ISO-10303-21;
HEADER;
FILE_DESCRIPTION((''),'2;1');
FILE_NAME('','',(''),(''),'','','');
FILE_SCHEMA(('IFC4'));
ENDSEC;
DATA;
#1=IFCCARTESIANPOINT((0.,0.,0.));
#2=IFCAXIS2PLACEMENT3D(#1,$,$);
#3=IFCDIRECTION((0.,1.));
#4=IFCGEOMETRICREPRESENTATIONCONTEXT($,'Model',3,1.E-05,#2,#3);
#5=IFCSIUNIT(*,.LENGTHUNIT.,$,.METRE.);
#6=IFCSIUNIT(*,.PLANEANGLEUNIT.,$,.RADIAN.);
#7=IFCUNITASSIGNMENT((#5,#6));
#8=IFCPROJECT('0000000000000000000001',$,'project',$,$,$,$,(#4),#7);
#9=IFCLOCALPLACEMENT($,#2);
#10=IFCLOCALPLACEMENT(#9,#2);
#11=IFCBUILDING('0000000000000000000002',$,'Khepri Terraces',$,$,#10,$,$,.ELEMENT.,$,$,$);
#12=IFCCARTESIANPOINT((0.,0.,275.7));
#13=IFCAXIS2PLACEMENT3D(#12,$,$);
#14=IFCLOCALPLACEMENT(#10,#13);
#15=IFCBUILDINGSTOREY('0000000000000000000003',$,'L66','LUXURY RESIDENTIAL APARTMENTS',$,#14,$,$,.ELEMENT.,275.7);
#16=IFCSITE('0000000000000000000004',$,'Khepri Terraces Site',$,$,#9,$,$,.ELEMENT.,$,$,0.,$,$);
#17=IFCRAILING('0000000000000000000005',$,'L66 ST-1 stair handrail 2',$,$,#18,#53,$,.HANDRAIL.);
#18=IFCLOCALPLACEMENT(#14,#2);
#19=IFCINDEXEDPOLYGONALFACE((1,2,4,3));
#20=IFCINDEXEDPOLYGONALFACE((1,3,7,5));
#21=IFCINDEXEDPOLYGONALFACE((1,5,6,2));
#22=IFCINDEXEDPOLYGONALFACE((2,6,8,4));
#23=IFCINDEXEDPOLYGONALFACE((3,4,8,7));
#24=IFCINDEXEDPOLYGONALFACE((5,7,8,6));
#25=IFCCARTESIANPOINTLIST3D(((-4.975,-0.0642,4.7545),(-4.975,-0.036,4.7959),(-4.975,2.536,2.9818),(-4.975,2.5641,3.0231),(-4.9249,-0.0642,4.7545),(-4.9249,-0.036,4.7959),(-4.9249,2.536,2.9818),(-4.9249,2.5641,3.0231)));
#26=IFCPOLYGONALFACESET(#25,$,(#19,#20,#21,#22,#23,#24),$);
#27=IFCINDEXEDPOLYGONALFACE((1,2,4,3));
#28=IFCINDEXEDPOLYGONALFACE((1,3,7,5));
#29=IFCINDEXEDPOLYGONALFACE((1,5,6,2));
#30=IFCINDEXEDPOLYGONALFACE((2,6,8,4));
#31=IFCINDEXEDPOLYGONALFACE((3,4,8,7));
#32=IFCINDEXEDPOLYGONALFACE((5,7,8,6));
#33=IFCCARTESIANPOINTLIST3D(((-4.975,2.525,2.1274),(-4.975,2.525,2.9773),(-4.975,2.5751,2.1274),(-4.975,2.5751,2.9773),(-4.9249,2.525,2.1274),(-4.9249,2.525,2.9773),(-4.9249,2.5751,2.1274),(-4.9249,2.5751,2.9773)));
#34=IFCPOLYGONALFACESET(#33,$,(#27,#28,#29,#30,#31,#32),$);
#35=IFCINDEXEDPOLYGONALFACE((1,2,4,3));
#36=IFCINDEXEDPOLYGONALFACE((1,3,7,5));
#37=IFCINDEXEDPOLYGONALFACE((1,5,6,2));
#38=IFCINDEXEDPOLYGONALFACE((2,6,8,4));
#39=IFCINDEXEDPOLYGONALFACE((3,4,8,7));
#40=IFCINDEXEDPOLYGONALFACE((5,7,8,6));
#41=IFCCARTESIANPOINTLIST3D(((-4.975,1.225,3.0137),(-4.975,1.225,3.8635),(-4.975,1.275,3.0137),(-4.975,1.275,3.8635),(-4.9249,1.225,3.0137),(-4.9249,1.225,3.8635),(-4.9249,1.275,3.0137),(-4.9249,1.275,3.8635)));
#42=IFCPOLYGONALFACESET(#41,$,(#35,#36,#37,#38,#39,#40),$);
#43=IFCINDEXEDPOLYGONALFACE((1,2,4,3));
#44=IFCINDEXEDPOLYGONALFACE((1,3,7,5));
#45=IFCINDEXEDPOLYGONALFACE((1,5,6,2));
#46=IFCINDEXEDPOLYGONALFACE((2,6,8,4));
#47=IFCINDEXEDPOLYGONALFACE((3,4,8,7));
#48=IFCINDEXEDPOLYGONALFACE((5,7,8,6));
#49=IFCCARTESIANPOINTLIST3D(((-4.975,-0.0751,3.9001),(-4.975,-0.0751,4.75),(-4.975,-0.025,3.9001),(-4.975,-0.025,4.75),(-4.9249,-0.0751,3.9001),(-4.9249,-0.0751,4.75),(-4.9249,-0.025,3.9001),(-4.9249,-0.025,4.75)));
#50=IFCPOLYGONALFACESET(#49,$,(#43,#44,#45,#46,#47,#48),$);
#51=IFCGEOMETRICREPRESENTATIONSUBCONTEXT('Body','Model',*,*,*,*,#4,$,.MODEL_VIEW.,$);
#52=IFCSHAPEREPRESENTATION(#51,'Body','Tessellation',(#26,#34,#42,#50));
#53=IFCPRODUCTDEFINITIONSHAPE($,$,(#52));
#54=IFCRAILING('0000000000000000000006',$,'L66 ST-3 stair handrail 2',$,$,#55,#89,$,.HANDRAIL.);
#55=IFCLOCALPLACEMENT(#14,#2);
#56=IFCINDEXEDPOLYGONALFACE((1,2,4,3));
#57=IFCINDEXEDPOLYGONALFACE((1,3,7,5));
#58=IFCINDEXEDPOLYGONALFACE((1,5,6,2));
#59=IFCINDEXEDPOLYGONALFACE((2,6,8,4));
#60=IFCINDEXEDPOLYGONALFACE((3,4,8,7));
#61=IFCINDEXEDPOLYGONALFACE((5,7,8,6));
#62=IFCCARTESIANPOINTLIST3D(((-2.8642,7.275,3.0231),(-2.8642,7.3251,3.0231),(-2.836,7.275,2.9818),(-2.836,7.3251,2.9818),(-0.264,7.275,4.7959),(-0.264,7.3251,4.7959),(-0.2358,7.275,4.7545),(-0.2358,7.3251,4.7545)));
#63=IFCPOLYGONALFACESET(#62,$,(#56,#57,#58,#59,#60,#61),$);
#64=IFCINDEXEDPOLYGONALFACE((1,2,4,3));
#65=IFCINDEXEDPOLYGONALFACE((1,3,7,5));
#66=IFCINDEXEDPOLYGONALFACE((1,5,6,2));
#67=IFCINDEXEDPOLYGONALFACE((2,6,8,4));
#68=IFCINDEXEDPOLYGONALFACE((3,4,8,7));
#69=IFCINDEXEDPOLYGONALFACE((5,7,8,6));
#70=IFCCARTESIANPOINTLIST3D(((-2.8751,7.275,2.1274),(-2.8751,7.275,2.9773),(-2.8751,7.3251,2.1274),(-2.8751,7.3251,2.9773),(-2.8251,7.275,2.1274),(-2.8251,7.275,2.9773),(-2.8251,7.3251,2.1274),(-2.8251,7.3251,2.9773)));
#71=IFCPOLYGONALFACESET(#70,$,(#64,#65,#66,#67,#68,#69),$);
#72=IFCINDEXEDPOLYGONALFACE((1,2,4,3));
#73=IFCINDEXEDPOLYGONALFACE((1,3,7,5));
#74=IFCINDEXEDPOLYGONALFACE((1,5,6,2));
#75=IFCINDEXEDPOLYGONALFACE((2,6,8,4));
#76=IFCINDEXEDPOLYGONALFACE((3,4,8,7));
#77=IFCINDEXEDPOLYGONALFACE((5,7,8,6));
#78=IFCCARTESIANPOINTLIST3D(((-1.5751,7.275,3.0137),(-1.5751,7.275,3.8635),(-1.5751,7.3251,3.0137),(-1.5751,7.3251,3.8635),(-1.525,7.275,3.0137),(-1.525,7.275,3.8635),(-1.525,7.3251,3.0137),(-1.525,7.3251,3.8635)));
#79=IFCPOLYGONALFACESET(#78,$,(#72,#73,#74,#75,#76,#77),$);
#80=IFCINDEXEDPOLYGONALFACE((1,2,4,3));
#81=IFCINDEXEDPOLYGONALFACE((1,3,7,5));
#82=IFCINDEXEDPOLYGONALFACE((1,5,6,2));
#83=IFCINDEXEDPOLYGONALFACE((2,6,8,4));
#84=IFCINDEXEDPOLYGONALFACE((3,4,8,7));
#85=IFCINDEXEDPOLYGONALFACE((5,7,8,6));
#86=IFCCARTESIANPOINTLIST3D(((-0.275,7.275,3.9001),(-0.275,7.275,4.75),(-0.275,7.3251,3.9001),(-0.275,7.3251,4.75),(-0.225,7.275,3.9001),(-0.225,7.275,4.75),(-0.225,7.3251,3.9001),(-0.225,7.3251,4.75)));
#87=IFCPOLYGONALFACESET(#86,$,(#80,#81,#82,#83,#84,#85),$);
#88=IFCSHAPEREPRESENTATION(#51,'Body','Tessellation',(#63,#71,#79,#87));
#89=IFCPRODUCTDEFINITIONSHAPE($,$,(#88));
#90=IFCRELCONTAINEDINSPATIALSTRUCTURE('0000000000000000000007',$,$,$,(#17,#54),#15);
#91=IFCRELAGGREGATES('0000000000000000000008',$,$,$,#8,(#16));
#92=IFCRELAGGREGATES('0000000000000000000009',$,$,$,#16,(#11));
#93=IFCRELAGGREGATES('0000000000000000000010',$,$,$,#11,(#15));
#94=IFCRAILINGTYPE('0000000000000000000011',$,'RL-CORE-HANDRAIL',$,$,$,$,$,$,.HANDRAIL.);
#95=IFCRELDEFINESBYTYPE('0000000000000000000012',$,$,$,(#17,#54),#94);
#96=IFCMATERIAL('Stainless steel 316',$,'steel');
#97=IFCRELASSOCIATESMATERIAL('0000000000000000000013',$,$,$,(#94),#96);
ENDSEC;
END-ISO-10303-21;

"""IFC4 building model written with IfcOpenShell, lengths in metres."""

from ifc_helpers import new_model, si_unit, direction, frame, origin, origin_2d, place, context, subcontext, project, spatial, rectangle, extrude, material, type_object, element, save


model = new_model("IFC4")

# Units and contexts
model_context = context("Model", 3, precision=1e-05, world=origin(), true_north=direction((0.0, 1.0)))
body_context = subcontext(model_context, "Body", "Model", "MODEL_VIEW")
ifc_project = project(units=[si_unit("LENGTHUNIT", "METRE"), si_unit("PLANEANGLEUNIT", "RADIAN")], contexts=[model_context])

# Site, building, storey
site_placement = place(None, origin())
site = spatial("IfcSite", under=ifc_project, at=site_placement, Name="Khepri Terraces Site", CompositionType="ELEMENT", RefElevation=0.0)
building_placement = place(site_placement, origin())
building = spatial("IfcBuilding", under=site, at=building_placement, Name="Khepri Terraces", CompositionType="ELEMENT")
storey_placement = place(building_placement, frame((0.0, 0.0, 275.7)))
storey = spatial("IfcBuildingStorey", under=building, at=storey_placement, Name="L66", Description="LUXURY RESIDENTIAL APARTMENTS", CompositionType="ELEMENT", Elevation=275.7)

# Railings
ifc_material_1 = material(Name="Stainless steel 316", Category="steel")
railing_type_1 = type_object("IfcRailingType", Name="RL-CORE-HANDRAIL", PredefinedType="HANDRAIL", material=ifc_material_1)
railing_1_placement = place(storey_placement, frame((-4.95, 2.55, 2.1274)))
element("IfcRailing", 1, at=railing_1_placement, inside=storey, type_object=railing_type_1, Name="L66 ST-1 stair handrail 2", PredefinedType="HANDRAIL", context=body_context, shape_type="SweptSolid", body=[
    extrude(rectangle(XDim=0.05, YDim=0.05, at=origin_2d()), frame((0.0, 0.0, 0.875), z_axis=(0.0, -0.82624, 0.563318), x_axis=(1.0, 0.0, 0.0)), (0.0, 0.0, 1.0), 3.147),
    extrude(rectangle(XDim=0.05, YDim=0.05, at=origin_2d()), origin(), (0.0, 0.0, 1.0), 0.8499),
    extrude(rectangle(XDim=0.05, YDim=0.05, at=origin_2d()), frame((0.0, -1.3, 0.8862)), (0.0, 0.0, 1.0), 0.8499),
    extrude(rectangle(XDim=0.05, YDim=0.05, at=origin_2d()), frame((0.0, -2.6001, 1.7727)), (0.0, 0.0, 1.0), 0.8499),
])
railing_2_placement = place(storey_placement, frame((-2.8501, 7.3, 2.1274)))
element("IfcRailing", 2, at=railing_2_placement, inside=storey, type_object=railing_type_1, Name="L66 ST-3 stair handrail 2", PredefinedType="HANDRAIL", context=body_context, shape_type="SweptSolid", body=[
    extrude(rectangle(XDim=0.05, YDim=0.05, at=origin_2d()), frame((0.0, 0.0, 0.875), z_axis=(0.82624, 0.0, 0.563318), x_axis=(0.0, 1.0, 0.0)), (0.0, 0.0, 1.0), 3.147),
    extrude(rectangle(XDim=0.05, YDim=0.05, at=origin_2d()), origin(), (0.0, 0.0, 1.0), 0.8499),
    extrude(rectangle(XDim=0.05, YDim=0.05, at=origin_2d()), frame((1.3, 0.0, 0.8862)), (0.0, 0.0, 1.0), 0.8499),
    extrude(rectangle(XDim=0.05, YDim=0.05, at=origin_2d()), frame((2.6001, 0.0, 1.7727)), (0.0, 0.0, 1.0), 0.8499),
])

save(model, "model.ifc")
